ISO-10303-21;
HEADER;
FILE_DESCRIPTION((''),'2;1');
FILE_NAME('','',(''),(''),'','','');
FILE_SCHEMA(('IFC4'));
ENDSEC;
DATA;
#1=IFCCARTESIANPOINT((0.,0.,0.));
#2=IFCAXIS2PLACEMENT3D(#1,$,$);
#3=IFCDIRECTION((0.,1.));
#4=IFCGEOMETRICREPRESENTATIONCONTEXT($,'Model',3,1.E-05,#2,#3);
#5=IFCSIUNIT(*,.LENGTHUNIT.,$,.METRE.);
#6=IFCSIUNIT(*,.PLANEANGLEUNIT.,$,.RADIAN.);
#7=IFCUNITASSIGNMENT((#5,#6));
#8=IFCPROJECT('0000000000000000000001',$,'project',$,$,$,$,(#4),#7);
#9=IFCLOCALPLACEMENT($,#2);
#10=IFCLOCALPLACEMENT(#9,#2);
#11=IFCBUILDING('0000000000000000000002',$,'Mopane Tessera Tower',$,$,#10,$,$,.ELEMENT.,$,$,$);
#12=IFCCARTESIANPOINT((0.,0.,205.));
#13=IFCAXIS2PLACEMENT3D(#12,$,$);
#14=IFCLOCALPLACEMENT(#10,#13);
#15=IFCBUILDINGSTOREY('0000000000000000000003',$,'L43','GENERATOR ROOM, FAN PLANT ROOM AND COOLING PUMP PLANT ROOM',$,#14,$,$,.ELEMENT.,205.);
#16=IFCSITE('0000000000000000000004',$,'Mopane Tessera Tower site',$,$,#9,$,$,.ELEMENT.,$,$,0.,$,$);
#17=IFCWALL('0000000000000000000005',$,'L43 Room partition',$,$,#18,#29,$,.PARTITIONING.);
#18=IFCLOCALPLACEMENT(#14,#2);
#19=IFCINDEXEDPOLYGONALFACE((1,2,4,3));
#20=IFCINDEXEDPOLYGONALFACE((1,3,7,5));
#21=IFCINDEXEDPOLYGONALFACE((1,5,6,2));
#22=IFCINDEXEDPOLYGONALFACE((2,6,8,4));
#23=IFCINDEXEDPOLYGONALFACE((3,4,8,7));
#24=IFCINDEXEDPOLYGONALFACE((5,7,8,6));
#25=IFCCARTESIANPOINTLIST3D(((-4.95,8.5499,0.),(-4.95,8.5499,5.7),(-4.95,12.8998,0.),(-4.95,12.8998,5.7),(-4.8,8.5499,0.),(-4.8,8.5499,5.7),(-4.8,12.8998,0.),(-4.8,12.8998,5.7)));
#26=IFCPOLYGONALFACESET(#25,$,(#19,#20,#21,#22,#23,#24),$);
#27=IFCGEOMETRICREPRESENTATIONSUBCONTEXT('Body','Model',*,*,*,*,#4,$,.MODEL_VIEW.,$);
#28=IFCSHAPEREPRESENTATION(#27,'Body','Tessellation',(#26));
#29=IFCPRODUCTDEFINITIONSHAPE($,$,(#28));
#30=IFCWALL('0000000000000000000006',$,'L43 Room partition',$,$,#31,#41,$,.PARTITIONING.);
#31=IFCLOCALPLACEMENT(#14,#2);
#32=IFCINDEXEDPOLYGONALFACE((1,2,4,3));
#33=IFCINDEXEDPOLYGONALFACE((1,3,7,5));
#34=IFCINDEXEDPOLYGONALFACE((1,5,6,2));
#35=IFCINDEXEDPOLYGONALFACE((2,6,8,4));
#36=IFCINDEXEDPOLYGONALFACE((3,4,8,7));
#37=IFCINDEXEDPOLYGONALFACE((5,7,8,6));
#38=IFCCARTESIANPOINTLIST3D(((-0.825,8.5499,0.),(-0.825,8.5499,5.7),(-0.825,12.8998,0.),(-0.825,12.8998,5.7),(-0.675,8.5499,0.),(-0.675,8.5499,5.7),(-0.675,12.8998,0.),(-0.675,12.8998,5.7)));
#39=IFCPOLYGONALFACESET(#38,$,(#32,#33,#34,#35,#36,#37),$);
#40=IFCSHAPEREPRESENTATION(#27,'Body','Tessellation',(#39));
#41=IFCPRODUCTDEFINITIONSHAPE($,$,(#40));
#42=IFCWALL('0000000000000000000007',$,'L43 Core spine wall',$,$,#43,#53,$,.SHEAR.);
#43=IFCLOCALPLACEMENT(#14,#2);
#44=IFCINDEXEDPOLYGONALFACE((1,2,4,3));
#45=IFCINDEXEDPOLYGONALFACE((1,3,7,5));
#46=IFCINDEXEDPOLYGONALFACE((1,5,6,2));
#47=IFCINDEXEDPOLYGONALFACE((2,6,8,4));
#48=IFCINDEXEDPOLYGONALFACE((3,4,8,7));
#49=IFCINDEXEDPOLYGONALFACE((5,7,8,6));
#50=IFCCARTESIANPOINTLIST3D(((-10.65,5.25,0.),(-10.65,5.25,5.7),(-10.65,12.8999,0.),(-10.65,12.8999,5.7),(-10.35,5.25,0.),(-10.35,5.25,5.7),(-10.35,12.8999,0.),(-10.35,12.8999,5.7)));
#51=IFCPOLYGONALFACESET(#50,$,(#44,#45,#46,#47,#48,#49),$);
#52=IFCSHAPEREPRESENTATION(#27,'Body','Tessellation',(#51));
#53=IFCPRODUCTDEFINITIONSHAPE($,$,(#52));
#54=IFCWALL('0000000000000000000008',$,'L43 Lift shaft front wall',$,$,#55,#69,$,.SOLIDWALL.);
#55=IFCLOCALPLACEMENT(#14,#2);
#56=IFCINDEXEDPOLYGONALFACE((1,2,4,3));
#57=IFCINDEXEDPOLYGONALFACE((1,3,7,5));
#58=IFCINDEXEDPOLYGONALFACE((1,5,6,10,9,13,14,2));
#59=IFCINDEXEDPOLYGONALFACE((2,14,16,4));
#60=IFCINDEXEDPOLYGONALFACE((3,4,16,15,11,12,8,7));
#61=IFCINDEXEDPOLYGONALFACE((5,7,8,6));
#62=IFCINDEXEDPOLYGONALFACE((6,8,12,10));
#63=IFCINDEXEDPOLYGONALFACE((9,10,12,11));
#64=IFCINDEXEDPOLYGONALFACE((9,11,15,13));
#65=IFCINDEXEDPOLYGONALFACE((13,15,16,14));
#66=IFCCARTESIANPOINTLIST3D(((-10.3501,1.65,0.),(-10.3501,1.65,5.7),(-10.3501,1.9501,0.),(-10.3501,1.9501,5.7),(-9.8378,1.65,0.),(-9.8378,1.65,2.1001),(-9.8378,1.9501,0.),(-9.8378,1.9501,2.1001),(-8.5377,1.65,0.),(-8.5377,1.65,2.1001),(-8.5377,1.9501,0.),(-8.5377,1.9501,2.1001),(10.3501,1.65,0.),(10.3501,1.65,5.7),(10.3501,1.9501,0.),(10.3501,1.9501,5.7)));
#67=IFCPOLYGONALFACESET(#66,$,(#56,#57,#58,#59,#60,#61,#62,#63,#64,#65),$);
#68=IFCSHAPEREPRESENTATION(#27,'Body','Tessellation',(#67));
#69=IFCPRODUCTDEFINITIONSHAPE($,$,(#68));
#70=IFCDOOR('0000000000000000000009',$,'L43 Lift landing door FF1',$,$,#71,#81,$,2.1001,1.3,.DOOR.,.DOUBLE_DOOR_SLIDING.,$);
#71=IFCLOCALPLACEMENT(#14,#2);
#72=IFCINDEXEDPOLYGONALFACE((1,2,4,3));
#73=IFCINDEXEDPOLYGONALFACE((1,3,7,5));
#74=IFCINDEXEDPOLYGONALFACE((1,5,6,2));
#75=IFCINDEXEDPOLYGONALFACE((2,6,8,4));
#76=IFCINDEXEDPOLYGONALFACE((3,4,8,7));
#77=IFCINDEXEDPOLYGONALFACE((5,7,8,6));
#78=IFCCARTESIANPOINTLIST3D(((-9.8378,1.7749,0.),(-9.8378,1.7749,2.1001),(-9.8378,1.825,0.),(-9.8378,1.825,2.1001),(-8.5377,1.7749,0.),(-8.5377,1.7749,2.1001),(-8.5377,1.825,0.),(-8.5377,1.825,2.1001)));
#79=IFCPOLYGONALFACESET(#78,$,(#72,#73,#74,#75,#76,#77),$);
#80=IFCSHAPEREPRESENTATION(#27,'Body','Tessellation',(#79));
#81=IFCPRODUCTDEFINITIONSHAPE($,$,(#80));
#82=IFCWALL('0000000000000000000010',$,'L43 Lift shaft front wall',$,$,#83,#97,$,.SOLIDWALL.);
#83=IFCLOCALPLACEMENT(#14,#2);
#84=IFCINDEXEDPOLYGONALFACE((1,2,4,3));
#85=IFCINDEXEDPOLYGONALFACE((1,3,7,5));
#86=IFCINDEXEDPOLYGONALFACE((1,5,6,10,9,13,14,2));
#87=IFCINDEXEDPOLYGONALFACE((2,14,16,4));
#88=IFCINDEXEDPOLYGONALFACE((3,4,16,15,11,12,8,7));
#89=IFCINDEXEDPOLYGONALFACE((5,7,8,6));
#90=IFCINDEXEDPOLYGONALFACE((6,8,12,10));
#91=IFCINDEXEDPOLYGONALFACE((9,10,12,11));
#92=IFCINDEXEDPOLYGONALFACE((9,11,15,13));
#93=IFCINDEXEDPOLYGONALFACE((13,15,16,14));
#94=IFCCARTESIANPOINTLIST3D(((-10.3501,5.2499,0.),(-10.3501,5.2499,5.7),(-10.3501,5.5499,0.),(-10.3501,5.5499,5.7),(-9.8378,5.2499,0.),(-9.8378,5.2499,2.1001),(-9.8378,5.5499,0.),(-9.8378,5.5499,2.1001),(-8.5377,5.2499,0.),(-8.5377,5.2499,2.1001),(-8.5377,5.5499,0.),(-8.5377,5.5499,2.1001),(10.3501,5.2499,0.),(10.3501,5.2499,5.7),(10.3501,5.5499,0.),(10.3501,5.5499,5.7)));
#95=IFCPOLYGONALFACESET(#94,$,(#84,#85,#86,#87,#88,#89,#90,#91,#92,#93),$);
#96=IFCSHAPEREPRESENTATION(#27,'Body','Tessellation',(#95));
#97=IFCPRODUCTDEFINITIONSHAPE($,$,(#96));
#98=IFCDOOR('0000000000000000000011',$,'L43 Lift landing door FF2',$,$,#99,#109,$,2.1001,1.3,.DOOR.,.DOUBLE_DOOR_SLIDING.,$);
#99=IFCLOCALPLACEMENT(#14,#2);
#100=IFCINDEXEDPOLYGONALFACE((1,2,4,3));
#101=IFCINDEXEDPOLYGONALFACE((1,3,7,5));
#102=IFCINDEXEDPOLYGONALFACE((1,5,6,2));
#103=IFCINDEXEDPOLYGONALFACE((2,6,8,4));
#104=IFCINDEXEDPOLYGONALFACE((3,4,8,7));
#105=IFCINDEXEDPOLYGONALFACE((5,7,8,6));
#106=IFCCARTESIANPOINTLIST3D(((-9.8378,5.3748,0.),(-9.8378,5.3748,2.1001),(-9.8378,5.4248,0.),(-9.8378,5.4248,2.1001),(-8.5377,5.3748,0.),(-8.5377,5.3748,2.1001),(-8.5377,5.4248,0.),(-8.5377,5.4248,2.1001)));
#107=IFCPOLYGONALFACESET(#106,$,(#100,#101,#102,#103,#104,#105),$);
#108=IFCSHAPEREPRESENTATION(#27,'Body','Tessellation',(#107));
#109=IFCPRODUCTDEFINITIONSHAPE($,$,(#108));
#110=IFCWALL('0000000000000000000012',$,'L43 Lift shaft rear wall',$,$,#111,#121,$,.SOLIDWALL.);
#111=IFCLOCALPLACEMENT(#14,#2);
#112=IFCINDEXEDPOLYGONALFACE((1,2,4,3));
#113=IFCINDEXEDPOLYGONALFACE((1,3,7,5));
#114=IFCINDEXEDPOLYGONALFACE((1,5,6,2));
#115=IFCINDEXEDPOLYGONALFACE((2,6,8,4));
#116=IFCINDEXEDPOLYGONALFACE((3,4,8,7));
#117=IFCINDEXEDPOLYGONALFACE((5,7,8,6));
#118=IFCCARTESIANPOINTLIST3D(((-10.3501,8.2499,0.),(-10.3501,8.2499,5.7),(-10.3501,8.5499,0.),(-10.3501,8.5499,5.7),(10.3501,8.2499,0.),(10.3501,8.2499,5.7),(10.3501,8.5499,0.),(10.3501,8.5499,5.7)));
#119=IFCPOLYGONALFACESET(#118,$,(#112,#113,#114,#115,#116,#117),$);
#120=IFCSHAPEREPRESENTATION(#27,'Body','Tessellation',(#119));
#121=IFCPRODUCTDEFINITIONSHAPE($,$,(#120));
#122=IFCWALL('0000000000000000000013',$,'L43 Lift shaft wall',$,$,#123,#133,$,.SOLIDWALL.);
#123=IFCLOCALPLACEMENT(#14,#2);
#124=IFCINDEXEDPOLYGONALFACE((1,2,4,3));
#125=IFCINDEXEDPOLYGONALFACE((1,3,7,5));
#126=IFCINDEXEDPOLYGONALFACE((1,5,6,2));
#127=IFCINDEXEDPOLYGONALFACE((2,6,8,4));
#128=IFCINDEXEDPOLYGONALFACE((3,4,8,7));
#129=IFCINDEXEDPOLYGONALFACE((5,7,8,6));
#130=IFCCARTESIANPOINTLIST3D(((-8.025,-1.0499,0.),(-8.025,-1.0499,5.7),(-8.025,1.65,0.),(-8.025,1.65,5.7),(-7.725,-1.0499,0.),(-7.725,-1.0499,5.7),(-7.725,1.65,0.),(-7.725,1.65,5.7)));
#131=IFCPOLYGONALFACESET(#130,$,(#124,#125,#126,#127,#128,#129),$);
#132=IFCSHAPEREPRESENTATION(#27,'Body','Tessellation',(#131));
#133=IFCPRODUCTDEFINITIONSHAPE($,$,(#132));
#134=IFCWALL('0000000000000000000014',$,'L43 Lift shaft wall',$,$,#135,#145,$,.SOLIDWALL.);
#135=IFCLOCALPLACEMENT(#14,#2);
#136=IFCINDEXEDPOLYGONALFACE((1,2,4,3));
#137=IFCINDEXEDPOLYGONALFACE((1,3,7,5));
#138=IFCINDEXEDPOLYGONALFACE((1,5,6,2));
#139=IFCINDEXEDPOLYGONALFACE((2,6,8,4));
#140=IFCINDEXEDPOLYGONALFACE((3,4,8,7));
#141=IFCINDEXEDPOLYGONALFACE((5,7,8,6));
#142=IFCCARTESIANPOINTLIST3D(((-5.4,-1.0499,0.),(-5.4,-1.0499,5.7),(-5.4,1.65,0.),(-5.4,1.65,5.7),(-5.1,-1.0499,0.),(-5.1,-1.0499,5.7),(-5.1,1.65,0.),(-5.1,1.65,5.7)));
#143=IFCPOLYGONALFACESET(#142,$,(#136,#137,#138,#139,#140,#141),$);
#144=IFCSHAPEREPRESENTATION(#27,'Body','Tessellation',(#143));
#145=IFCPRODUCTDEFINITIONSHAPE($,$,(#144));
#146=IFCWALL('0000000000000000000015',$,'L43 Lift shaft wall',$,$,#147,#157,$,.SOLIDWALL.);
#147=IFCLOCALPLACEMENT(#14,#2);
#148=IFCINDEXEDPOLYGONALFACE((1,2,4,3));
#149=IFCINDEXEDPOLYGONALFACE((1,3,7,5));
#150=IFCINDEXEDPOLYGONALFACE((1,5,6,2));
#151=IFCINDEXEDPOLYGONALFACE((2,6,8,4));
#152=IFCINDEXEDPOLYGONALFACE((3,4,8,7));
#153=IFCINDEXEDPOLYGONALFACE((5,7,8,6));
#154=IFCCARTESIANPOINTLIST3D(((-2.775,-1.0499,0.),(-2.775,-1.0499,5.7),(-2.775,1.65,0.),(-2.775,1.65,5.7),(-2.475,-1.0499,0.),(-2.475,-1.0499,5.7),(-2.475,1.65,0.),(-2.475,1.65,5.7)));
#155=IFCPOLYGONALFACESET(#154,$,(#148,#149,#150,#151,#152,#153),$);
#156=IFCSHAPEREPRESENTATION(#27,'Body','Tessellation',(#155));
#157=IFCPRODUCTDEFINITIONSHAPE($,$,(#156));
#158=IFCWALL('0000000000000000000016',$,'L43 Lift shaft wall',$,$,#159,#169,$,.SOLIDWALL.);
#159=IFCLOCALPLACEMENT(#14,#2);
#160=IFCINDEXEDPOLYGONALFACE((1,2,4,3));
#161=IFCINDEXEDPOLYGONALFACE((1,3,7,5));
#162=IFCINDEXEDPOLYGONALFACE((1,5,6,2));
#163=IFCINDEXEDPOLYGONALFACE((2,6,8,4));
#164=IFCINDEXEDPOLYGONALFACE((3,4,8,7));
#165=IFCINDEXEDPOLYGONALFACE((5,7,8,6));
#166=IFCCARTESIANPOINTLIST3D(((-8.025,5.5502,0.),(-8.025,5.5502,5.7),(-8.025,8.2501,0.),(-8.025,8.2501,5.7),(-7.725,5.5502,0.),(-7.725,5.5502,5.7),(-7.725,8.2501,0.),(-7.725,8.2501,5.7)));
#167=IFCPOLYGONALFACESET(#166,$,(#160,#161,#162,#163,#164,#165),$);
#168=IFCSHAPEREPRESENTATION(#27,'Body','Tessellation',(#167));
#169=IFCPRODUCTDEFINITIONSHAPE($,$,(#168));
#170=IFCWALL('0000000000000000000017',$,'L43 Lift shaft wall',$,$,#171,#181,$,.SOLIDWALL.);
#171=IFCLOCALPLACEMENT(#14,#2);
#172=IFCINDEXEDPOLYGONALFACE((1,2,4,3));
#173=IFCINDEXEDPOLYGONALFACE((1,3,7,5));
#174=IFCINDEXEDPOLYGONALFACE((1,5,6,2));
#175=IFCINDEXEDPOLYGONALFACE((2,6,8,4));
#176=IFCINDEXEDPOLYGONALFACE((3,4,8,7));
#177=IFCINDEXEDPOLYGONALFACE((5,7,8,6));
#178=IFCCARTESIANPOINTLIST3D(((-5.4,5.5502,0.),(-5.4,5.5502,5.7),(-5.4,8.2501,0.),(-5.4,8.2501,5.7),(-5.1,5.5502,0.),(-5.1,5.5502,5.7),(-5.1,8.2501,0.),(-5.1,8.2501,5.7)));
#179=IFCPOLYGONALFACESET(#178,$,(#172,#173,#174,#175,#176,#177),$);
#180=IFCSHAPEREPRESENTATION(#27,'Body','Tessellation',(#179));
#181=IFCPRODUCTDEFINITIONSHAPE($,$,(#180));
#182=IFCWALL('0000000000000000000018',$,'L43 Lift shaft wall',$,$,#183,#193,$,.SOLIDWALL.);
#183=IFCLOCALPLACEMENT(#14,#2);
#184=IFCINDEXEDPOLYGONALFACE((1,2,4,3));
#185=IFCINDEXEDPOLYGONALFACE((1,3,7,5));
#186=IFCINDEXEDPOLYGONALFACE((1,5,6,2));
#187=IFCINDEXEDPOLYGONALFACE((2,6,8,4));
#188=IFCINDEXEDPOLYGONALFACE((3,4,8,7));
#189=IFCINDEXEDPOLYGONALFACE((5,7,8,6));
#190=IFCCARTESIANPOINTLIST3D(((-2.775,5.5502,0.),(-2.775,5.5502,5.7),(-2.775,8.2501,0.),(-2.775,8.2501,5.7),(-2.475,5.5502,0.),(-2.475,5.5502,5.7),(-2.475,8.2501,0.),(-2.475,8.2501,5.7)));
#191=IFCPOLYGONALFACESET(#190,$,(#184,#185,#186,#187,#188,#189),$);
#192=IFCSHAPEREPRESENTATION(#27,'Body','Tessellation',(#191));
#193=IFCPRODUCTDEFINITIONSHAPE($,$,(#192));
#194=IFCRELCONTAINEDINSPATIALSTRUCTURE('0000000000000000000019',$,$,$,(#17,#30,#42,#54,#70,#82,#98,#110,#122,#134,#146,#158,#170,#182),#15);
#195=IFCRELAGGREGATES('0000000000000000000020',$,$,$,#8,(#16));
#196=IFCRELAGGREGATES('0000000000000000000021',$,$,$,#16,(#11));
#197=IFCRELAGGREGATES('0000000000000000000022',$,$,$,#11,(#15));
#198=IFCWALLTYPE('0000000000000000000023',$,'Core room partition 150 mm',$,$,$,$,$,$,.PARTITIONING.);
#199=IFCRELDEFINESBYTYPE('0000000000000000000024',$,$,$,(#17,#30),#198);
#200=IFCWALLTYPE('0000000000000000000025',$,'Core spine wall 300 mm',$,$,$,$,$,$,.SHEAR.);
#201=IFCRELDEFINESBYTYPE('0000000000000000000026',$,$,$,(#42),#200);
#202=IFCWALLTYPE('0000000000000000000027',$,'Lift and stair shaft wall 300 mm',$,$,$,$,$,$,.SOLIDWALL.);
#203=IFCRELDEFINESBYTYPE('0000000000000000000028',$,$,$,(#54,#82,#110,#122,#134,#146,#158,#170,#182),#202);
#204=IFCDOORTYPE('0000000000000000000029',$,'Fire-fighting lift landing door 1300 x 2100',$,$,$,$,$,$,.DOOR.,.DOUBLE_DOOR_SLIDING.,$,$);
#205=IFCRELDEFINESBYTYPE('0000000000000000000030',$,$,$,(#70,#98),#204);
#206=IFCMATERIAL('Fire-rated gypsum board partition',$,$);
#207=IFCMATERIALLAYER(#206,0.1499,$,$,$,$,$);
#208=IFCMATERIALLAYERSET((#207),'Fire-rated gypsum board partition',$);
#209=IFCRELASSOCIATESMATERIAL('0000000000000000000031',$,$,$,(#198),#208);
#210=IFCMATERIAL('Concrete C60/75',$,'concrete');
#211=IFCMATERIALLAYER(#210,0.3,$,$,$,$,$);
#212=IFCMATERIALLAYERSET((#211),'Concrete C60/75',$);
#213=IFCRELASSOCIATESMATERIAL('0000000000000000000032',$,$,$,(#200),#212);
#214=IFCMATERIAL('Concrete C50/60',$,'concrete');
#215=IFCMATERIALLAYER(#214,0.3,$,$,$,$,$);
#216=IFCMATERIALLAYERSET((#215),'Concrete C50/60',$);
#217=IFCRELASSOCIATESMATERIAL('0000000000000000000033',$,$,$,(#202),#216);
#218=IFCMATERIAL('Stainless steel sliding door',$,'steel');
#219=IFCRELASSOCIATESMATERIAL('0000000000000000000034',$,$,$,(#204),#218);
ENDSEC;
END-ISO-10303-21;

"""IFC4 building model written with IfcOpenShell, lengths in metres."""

from ifc_helpers import new_model, si_unit, direction, frame, frame_2d, origin, place, context, subcontext, project, spatial, rectangle, extrude, material, layer, layer_set, type_object, element, fill, save


model = new_model("IFC4")

# Units and contexts
model_context = context("Model", 3, precision=1e-05, world=origin(), true_north=direction((0.0, 1.0)))
body_context = subcontext(model_context, "Body", "Model", "MODEL_VIEW")
ifc_project = project(units=[si_unit("LENGTHUNIT", "METRE"), si_unit("PLANEANGLEUNIT", "RADIAN")], contexts=[model_context])

# Site, building, storey
site_placement = place(None, origin())
site = spatial("IfcSite", under=ifc_project, at=site_placement, Name="Mopane Tessera Tower site", CompositionType="ELEMENT", RefElevation=0.0)
building_placement = place(site_placement, origin())
building = spatial("IfcBuilding", under=site, at=building_placement, Name="Mopane Tessera Tower", CompositionType="ELEMENT")
storey_placement = place(building_placement, frame((0.0, 0.0, 205.0)))
storey = spatial("IfcBuildingStorey", under=building, at=storey_placement, Name="L43", Description="GENERATOR ROOM, FAN PLANT ROOM AND COOLING PUMP PLANT ROOM", CompositionType="ELEMENT", Elevation=205.0)

# Walls
ifc_material_1 = material(Name="Fire-rated gypsum board partition")
ifc_layer_1 = layer(ifc_material_1, 0.1499)
ifc_layer_set_1 = layer_set([ifc_layer_1], Name="Fire-rated gypsum board partition")
wall_type_1 = type_object("IfcWallType", Name="Core room partition 150 mm", PredefinedType="PARTITIONING", material=ifc_layer_set_1)
for number, where, z_axis, x_axis, name in (
    (1, (-4.875, 8.55, 0.0), (0.0, 0.0, 1.0), (0.0, 1.0, 0.0), "L43 Room partition"),
    (2, (-0.75, 8.55, 0.0), (0.0, 0.0, 1.0), (0.0, 1.0, 0.0), "L43 Room partition"),
):
    element("IfcWall", number, at=place(storey_placement, frame(where, z_axis=z_axis, x_axis=x_axis)), inside=storey, type_object=wall_type_1, Name=name, PredefinedType="PARTITIONING", context=body_context, shape_type="SweptSolid", body=[
        extrude(rectangle(XDim=4.3499, YDim=0.1499, at=frame_2d((2.1748, 0.0))), origin(), (0.0, 0.0, 1.0), 5.7),
    ])
ifc_material_2 = material(Name="Concrete C60/75", Category="concrete")
ifc_layer_2 = layer(ifc_material_2, 0.3)
ifc_layer_set_2 = layer_set([ifc_layer_2], Name="Concrete C60/75")
wall_type_2 = type_object("IfcWallType", Name="Core spine wall 300 mm", PredefinedType="SHEAR", material=ifc_layer_set_2)
wall_1_placement = place(storey_placement, frame((-10.5, 5.25, 0.0), z_axis=(0.0, 0.0, 1.0), x_axis=(0.0, 1.0, 0.0)))
element("IfcWall", 3, at=wall_1_placement, inside=storey, type_object=wall_type_2, Name="L43 Core spine wall", PredefinedType="SHEAR", context=body_context, shape_type="SweptSolid", body=[
    extrude(rectangle(XDim=7.6499, YDim=0.3, at=frame_2d((3.825, 0.0))), origin(), (0.0, 0.0, 1.0), 5.7),
])

# Walls, openings, doors
ifc_material_3 = material(Name="Concrete C50/60", Category="concrete")
ifc_layer_3 = layer(ifc_material_3, 0.3)
ifc_layer_set_3 = layer_set([ifc_layer_3], Name="Concrete C50/60")
wall_type_3 = type_object("IfcWallType", Name="Lift and stair shaft wall 300 mm", PredefinedType="SOLIDWALL", material=ifc_layer_set_3)
wall_2_placement = place(storey_placement, frame((-10.3501, 1.8, 0.0), z_axis=(0.0, 0.0, 1.0), x_axis=(1.0, 0.0, 0.0)))
wall_2 = element("IfcWall", 4, at=wall_2_placement, inside=storey, type_object=wall_type_3, Name="L43 Lift shaft front wall", PredefinedType="SOLIDWALL", context=body_context, shape_type="SweptSolid", body=[
    extrude(rectangle(XDim=20.7002, YDim=0.3, at=frame_2d((10.3501, 0.0))), origin(), (0.0, 0.0, 1.0), 5.7),
])
opening_1_placement = place(wall_2_placement, frame((0.5125, 0.0, 0.0)))
opening_1 = element("IfcOpeningElement", 5, at=opening_1_placement, cuts=wall_2, PredefinedType="OPENING", context=body_context, shape_type="SweptSolid", body=[
    extrude(rectangle(XDim=1.3, YDim=2.1001, at=frame_2d((0.6499, 1.05))), frame((0.0, 0.1621, 0.0), z_axis=(0.0, -1.0, 0.0), x_axis=(1.0, 0.0, 0.0)), (0.0, 0.0, 1.0), 0.324),
])
ifc_material_4 = material(Name="Stainless steel sliding door", Category="steel")
door_type_1 = type_object("IfcDoorType", Name="Fire-fighting lift landing door 1300 x 2100", OperationType="DOUBLE_DOOR_SLIDING", PredefinedType="DOOR", material=ifc_material_4)
door_1_placement = place(opening_1_placement, origin())
door_1 = element("IfcDoor", 6, at=door_1_placement, inside=storey, type_object=door_type_1, Name="L43 Lift landing door FF1", OperationType="DOUBLE_DOOR_SLIDING", OverallHeight=2.1001, OverallWidth=1.3, PredefinedType="DOOR", context=body_context, shape_type="SweptSolid", body=[
    extrude(rectangle(XDim=1.3, YDim=2.1001, at=frame_2d((0.6499, 1.05))), frame((0.0, 0.0249, 0.0), z_axis=(0.0, -1.0, 0.0), x_axis=(1.0, 0.0, 0.0)), (0.0, 0.0, 1.0), 0.05),
])
fill(opening_1, door_1)
wall_3_placement = place(storey_placement, frame((-10.3501, 5.3999, 0.0), z_axis=(0.0, 0.0, 1.0), x_axis=(1.0, 0.0, 0.0)))
wall_3 = element("IfcWall", 7, at=wall_3_placement, inside=storey, type_object=wall_type_3, Name="L43 Lift shaft front wall", PredefinedType="SOLIDWALL", context=body_context, shape_type="SweptSolid", body=[
    extrude(rectangle(XDim=20.7002, YDim=0.3, at=frame_2d((10.3501, 0.0))), origin(), (0.0, 0.0, 1.0), 5.7),
])
opening_2_placement = place(wall_3_placement, frame((0.5125, 0.0, 0.0)))
opening_2 = element("IfcOpeningElement", 8, at=opening_2_placement, cuts=wall_3, PredefinedType="OPENING", context=body_context, shape_type="SweptSolid", body=[
    extrude(rectangle(XDim=1.3, YDim=2.1001, at=frame_2d((0.6499, 1.05))), frame((0.0, 0.1621, 0.0), z_axis=(0.0, -1.0, 0.0), x_axis=(1.0, 0.0, 0.0)), (0.0, 0.0, 1.0), 0.324),
])
door_2_placement = place(opening_2_placement, origin())
door_2 = element("IfcDoor", 9, at=door_2_placement, inside=storey, type_object=door_type_1, Name="L43 Lift landing door FF2", OperationType="DOUBLE_DOOR_SLIDING", OverallHeight=2.1001, OverallWidth=1.3, PredefinedType="DOOR", context=body_context, shape_type="SweptSolid", body=[
    extrude(rectangle(XDim=1.3, YDim=2.1001, at=frame_2d((0.6499, 1.05))), frame((0.0, 0.0249, 0.0), z_axis=(0.0, -1.0, 0.0), x_axis=(1.0, 0.0, 0.0)), (0.0, 0.0, 1.0), 0.05),
])
fill(opening_2, door_2)

# Walls
wall_4_placement = place(storey_placement, frame((-10.3501, 8.3999, 0.0), z_axis=(0.0, 0.0, 1.0), x_axis=(1.0, 0.0, 0.0)))
element("IfcWall", 10, at=wall_4_placement, inside=storey, type_object=wall_type_3, Name="L43 Lift shaft rear wall", PredefinedType="SOLIDWALL", context=body_context, shape_type="SweptSolid", body=[
    extrude(rectangle(XDim=20.7002, YDim=0.3, at=frame_2d((10.3501, 0.0))), origin(), (0.0, 0.0, 1.0), 5.7),
])
for number, where, z_axis, x_axis, name in (
    (11, (-7.875, -1.05, 0.0), (0.0, 0.0, 1.0), (0.0, 1.0, 0.0), "L43 Lift shaft wall"),
    (12, (-5.25, -1.05, 0.0), (0.0, 0.0, 1.0), (0.0, 1.0, 0.0), "L43 Lift shaft wall"),
    (13, (-2.625, -1.05, 0.0), (0.0, 0.0, 1.0), (0.0, 1.0, 0.0), "L43 Lift shaft wall"),
    (14, (-7.875, 5.55, 0.0), (0.0, 0.0, 1.0), (0.0, 1.0, 0.0), "L43 Lift shaft wall"),
    (15, (-5.25, 5.55, 0.0), (0.0, 0.0, 1.0), (0.0, 1.0, 0.0), "L43 Lift shaft wall"),
    (16, (-2.625, 5.55, 0.0), (0.0, 0.0, 1.0), (0.0, 1.0, 0.0), "L43 Lift shaft wall"),
):
    element("IfcWall", number, at=place(storey_placement, frame(where, z_axis=z_axis, x_axis=x_axis)), inside=storey, type_object=wall_type_3, Name=name, PredefinedType="SOLIDWALL", context=body_context, shape_type="SweptSolid", body=[
        extrude(rectangle(XDim=2.7, YDim=0.3, at=frame_2d((1.3501, 0.0))), origin(), (0.0, 0.0, 1.0), 5.7),
    ])

save(model, "model.ifc")
